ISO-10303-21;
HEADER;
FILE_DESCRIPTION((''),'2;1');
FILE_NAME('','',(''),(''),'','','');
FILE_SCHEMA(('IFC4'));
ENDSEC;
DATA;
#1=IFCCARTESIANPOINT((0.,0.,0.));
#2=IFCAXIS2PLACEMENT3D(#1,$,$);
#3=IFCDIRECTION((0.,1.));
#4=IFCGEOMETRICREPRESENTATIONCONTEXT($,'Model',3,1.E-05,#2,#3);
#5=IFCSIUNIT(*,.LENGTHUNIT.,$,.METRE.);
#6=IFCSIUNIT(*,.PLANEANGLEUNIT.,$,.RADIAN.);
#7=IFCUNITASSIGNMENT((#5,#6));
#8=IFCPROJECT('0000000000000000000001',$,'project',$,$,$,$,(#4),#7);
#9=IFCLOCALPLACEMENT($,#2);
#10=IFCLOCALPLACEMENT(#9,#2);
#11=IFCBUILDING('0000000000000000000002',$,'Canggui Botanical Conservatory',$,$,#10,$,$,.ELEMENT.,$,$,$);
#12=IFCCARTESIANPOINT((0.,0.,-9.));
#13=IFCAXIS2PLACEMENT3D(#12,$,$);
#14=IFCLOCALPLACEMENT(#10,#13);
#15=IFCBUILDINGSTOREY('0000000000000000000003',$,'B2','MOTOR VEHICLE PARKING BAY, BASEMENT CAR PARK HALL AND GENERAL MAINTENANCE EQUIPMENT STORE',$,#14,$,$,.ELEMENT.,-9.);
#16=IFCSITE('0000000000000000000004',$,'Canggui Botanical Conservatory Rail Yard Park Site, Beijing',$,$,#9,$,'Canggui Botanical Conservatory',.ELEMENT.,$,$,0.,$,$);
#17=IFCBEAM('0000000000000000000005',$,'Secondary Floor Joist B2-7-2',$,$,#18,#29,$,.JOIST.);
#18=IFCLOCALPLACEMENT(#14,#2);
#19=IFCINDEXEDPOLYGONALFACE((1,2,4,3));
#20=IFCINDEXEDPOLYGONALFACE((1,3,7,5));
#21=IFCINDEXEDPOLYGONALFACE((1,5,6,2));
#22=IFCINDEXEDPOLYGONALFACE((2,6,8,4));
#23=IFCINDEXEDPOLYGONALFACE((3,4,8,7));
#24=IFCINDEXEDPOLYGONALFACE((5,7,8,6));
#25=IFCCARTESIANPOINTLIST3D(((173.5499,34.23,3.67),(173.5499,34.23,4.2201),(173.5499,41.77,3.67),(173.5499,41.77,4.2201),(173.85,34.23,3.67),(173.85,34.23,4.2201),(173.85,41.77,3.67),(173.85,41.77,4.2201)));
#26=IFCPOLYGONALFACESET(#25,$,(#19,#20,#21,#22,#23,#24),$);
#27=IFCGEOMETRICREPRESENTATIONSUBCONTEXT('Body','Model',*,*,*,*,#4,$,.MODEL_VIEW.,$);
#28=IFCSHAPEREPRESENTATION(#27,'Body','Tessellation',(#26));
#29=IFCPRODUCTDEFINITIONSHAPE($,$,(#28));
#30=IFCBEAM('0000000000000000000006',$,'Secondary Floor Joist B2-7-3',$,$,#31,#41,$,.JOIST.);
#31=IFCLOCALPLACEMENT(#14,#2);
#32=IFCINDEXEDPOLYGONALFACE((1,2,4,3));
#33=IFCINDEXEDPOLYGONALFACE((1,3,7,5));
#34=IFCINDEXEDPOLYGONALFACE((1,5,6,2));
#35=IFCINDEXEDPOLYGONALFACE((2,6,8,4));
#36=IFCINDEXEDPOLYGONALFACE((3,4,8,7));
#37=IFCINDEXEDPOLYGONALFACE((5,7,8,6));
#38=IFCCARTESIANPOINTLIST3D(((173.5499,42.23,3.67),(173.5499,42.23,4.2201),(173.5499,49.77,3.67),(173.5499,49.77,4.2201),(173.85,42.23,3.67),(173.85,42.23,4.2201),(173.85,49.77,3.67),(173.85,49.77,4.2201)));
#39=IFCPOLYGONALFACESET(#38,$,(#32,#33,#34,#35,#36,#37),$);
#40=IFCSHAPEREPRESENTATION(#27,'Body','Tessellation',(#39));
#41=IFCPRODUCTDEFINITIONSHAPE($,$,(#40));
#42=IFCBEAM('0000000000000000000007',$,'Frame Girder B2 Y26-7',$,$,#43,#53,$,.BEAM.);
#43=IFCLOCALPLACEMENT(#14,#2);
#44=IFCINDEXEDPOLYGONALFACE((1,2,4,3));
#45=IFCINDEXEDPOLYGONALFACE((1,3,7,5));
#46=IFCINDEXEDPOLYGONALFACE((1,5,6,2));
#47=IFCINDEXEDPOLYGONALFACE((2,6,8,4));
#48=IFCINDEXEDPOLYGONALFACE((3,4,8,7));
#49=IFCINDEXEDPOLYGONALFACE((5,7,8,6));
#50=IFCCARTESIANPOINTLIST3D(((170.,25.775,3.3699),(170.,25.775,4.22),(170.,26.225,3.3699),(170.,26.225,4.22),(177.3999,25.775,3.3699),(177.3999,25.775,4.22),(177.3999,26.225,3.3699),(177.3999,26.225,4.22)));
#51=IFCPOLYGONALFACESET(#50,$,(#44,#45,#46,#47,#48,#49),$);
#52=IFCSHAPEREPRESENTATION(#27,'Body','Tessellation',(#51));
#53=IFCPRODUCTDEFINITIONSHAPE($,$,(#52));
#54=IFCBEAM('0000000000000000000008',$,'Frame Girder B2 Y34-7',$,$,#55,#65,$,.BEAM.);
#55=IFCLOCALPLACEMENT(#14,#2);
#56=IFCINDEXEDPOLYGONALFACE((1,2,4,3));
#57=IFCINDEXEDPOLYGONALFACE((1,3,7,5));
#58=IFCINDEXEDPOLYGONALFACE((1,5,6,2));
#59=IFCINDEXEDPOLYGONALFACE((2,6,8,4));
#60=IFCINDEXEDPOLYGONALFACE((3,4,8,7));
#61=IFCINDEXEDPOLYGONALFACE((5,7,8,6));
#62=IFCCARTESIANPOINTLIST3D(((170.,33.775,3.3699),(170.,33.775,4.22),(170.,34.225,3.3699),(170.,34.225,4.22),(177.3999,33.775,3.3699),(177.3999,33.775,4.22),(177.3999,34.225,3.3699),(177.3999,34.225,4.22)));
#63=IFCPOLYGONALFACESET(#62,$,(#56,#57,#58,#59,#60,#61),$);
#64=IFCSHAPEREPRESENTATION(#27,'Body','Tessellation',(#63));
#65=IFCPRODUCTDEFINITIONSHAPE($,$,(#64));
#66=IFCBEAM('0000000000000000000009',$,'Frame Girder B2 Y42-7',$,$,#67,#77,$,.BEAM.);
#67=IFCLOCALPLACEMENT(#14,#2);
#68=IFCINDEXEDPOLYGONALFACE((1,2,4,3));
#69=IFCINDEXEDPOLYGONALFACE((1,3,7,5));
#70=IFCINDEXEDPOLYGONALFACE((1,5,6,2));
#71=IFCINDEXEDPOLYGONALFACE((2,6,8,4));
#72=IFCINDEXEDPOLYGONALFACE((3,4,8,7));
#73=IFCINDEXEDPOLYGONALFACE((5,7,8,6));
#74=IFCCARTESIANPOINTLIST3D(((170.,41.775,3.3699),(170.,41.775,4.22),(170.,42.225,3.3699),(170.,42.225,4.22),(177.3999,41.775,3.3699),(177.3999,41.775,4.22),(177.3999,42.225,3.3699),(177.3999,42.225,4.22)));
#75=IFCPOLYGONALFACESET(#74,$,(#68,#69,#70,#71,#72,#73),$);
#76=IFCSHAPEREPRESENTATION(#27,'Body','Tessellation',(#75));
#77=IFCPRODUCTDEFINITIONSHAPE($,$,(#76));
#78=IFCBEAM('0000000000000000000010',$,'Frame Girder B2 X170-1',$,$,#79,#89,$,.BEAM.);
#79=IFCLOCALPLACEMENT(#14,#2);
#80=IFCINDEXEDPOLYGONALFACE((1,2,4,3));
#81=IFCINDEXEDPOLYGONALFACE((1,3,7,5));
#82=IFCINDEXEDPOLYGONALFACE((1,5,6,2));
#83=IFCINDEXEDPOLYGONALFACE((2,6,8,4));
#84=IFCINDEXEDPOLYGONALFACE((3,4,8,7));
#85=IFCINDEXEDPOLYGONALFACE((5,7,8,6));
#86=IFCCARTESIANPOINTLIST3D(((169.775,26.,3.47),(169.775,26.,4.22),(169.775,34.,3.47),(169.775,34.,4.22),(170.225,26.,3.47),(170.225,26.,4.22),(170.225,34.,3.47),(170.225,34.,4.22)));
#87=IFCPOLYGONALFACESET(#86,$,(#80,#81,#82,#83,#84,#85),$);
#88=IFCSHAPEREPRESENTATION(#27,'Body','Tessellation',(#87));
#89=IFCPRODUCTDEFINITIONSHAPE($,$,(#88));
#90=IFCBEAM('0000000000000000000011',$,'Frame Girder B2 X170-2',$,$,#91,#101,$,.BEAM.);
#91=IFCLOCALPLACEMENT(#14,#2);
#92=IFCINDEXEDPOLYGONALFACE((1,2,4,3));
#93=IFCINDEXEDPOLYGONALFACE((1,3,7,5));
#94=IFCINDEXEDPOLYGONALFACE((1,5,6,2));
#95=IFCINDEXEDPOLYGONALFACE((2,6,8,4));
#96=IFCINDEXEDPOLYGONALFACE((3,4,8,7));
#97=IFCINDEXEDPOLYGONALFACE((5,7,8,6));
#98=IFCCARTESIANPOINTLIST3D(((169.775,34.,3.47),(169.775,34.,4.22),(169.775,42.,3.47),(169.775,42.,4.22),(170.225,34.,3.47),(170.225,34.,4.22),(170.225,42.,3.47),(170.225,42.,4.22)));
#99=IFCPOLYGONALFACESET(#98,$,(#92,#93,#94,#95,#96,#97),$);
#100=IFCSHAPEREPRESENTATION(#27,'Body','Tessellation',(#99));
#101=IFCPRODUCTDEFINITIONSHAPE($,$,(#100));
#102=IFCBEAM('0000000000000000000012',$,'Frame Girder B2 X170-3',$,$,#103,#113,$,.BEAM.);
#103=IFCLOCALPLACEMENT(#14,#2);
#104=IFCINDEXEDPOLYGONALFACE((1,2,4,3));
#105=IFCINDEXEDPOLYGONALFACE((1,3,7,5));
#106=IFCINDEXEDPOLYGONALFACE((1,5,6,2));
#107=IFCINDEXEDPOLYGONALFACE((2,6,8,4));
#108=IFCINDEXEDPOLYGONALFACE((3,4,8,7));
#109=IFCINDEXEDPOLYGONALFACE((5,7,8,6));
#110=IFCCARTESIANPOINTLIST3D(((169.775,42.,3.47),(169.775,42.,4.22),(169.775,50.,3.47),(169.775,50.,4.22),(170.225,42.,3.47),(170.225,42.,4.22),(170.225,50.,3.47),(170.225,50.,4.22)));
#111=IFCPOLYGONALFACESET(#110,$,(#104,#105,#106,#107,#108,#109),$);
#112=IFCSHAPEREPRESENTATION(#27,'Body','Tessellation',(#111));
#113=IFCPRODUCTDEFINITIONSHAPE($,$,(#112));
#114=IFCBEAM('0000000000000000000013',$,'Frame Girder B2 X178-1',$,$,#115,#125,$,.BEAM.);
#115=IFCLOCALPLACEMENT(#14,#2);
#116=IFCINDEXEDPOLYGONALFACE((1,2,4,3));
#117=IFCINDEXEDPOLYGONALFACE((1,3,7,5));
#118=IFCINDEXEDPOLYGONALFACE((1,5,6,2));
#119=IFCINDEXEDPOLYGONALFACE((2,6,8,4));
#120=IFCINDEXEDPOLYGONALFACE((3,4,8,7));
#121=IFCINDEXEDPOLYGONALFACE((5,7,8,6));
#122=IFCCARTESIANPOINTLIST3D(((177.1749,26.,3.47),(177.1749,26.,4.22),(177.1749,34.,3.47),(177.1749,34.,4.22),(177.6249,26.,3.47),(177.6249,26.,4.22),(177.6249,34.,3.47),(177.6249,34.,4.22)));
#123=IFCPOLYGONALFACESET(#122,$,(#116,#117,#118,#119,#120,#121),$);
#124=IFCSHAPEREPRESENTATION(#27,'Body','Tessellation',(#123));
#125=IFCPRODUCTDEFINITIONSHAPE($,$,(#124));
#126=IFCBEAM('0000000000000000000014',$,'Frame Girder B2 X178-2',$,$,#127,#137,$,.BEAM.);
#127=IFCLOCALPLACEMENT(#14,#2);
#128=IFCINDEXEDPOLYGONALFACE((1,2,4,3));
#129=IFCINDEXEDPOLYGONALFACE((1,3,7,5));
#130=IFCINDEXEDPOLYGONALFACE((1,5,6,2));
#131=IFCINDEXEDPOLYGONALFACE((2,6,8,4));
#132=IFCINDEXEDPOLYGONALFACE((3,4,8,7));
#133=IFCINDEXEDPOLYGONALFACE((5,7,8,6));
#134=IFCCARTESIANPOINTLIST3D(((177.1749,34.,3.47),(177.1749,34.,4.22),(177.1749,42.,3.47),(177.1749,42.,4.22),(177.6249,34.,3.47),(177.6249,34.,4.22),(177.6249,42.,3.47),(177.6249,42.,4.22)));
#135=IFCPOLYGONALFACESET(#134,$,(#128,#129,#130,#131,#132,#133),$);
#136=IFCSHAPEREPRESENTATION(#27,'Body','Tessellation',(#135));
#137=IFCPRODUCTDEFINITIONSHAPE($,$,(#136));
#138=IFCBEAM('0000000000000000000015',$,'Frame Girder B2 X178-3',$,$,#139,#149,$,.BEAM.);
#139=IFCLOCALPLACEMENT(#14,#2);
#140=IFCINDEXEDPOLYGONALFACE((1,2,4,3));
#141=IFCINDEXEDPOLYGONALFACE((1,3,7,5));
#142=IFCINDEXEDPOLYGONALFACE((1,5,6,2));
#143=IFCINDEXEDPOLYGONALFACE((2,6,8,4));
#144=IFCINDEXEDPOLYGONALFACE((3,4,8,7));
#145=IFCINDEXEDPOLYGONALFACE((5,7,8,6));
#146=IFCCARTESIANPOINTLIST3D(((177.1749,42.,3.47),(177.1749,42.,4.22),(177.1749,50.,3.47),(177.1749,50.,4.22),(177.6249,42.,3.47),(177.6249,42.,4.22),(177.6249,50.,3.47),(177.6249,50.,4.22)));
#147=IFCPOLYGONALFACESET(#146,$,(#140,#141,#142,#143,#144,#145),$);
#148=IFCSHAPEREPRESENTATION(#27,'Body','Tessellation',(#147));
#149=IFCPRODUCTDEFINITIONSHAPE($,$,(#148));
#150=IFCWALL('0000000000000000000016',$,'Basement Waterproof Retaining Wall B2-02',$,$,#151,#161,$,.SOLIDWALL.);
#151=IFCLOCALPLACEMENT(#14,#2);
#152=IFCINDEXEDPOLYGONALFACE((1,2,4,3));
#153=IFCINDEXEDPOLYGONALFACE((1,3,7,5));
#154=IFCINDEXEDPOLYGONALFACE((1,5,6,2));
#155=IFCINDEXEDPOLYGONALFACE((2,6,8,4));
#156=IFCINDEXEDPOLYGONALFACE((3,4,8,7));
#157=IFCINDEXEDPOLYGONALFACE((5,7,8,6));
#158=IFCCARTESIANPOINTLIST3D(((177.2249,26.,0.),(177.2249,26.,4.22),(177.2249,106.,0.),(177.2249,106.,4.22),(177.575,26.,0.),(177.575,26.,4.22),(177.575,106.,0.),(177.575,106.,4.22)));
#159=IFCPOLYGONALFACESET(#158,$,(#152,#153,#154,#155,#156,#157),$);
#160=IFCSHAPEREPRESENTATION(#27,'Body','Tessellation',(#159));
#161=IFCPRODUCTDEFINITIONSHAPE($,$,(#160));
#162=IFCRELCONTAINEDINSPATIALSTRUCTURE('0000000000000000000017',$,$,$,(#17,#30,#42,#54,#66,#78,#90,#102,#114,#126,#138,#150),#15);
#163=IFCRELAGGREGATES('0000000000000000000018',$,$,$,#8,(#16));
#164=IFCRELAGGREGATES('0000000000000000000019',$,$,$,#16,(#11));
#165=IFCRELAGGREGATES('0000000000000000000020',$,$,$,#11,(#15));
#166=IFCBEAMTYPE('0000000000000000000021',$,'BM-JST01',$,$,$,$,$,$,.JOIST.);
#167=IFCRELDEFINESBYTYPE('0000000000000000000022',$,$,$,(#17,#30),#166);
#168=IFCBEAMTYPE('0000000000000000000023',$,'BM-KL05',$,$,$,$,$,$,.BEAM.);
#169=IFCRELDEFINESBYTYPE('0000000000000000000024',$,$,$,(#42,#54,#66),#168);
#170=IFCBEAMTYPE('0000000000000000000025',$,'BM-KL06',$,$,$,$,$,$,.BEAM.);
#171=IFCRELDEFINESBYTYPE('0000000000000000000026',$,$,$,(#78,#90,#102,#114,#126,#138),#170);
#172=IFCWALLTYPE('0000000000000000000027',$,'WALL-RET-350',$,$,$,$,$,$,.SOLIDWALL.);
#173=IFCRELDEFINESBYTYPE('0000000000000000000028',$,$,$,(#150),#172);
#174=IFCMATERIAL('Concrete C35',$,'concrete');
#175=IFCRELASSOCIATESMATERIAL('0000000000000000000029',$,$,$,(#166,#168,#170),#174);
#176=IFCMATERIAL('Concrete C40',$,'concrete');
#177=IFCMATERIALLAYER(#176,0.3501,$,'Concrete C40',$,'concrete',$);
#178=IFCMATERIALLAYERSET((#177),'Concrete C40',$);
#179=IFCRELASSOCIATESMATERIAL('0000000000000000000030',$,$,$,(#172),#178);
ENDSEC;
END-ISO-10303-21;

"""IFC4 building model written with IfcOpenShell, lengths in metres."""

from ifc_helpers import new_model, si_unit, direction, frame, frame_2d, origin, origin_2d, place, context, subcontext, project, spatial, rectangle, extrude, material, layer, layer_set, material_profile, profile_set, type_object, element, save


model = new_model("IFC4")

# Units and contexts
model_context = context("Model", 3, precision=1e-05, world=origin(), true_north=direction((0.0, 1.0)))
body_context = subcontext(model_context, "Body", "Model", "MODEL_VIEW")
ifc_project = project(units=[si_unit("LENGTHUNIT", "METRE"), si_unit("PLANEANGLEUNIT", "RADIAN")], contexts=[model_context])

# Site, building, storey
site_placement = place(None, origin())
site = spatial("IfcSite", under=ifc_project, at=site_placement, Name="Canggui Botanical Conservatory Rail Yard Park Site, Beijing", LongName="Canggui Botanical Conservatory", CompositionType="ELEMENT", RefElevation=0.0)
building_placement = place(site_placement, origin())
building = spatial("IfcBuilding", under=site, at=building_placement, Name="Canggui Botanical Conservatory", CompositionType="ELEMENT")
storey_placement = place(building_placement, frame((0.0, 0.0, -9.0)))
storey = spatial("IfcBuildingStorey", under=building, at=storey_placement, Name="B2", Description="MOTOR VEHICLE PARKING BAY, BASEMENT CAR PARK HALL AND GENERAL MAINTENANCE EQUIPMENT STORE", CompositionType="ELEMENT", Elevation=-9.0)

# Shared definitions
ifc_material_1 = material(Name="Concrete C35", Category="concrete")

# Beams
ifc_material_profile_1 = material_profile(ifc_material_1, rectangle(XDim=0.3, YDim=0.55, at=origin_2d()), Name="RB 300x550")
ifc_profile_set_1 = profile_set([ifc_material_profile_1], Name="Concrete C35")
beam_type_1 = type_object("IfcBeamType", Name="BM-JST01", PredefinedType="JOIST", material=ifc_profile_set_1)
for number, where, z_axis, x_axis, name in (
    (1, (173.7, 34.23, 3.9451), (0.0, 1.0, 0.0), (-1.0, 0.0, 0.0), "Secondary Floor Joist B2-7-2"),
    (2, (173.7, 42.23, 3.9451), (0.0, 1.0, 0.0), (-1.0, 0.0, 0.0), "Secondary Floor Joist B2-7-3"),
):
    element("IfcBeam", number, at=place(storey_placement, frame(where, z_axis=z_axis, x_axis=x_axis)), inside=storey, type_object=beam_type_1, Name=name, PredefinedType="JOIST", context=body_context, shape_type="SweptSolid", body=[
        extrude(rectangle(XDim=0.3, YDim=0.55, at=origin_2d()), origin(), (0.0, 0.0, 1.0), 7.54),
    ])
ifc_material_profile_2 = material_profile(ifc_material_1, rectangle(XDim=0.45, YDim=0.8501, at=origin_2d()), Name="RB 450x850")
ifc_profile_set_2 = profile_set([ifc_material_profile_2], Name="Concrete C35")
beam_type_2 = type_object("IfcBeamType", Name="BM-KL05", PredefinedType="BEAM", material=ifc_profile_set_2)
for number, where, z_axis, x_axis, name in (
    (3, (170.0, 26.0, 3.7949), (1.0, 0.0, 0.0), (0.0, 1.0, 0.0), "Frame Girder B2 Y26-7"),
    (4, (170.0, 34.0, 3.7949), (1.0, 0.0, 0.0), (0.0, 1.0, 0.0), "Frame Girder B2 Y34-7"),
    (5, (170.0, 42.0, 3.7949), (1.0, 0.0, 0.0), (0.0, 1.0, 0.0), "Frame Girder B2 Y42-7"),
):
    element("IfcBeam", number, at=place(storey_placement, frame(where, z_axis=z_axis, x_axis=x_axis)), inside=storey, type_object=beam_type_2, Name=name, PredefinedType="BEAM", context=body_context, shape_type="SweptSolid", body=[
        extrude(rectangle(XDim=0.45, YDim=0.8501, at=origin_2d()), origin(), (0.0, 0.0, 1.0), 7.3999),
    ])
ifc_material_profile_3 = material_profile(ifc_material_1, rectangle(XDim=0.45, YDim=0.75, at=origin_2d()), Name="RB 450x750")
ifc_profile_set_3 = profile_set([ifc_material_profile_3], Name="Concrete C35")
beam_type_3 = type_object("IfcBeamType", Name="BM-KL06", PredefinedType="BEAM", material=ifc_profile_set_3)
for number, where, z_axis, x_axis, name in (
    (6, (170.0, 26.0, 3.845), (0.0, 1.0, 0.0), (-1.0, 0.0, 0.0), "Frame Girder B2 X170-1"),
    (7, (170.0, 34.0, 3.845), (0.0, 1.0, 0.0), (-1.0, 0.0, 0.0), "Frame Girder B2 X170-2"),
    (8, (170.0, 42.0, 3.845), (0.0, 1.0, 0.0), (-1.0, 0.0, 0.0), "Frame Girder B2 X170-3"),
    (9, (177.3999, 26.0, 3.845), (0.0, 1.0, 0.0), (-1.0, 0.0, 0.0), "Frame Girder B2 X178-1"),
    (10, (177.3999, 34.0, 3.845), (0.0, 1.0, 0.0), (-1.0, 0.0, 0.0), "Frame Girder B2 X178-2"),
    (11, (177.3999, 42.0, 3.845), (0.0, 1.0, 0.0), (-1.0, 0.0, 0.0), "Frame Girder B2 X178-3"),
):
    element("IfcBeam", number, at=place(storey_placement, frame(where, z_axis=z_axis, x_axis=x_axis)), inside=storey, type_object=beam_type_3, Name=name, PredefinedType="BEAM", context=body_context, shape_type="SweptSolid", body=[
        extrude(rectangle(XDim=0.45, YDim=0.75, at=origin_2d()), origin(), (0.0, 0.0, 1.0), 8.0),
    ])

# Wall
ifc_material_2 = material(Name="Concrete C40", Category="concrete")
ifc_layer = layer(ifc_material_2, 0.3501, Name="Concrete C40", Category="concrete")
ifc_layer_set = layer_set([ifc_layer], Name="Concrete C40")
wall_type = type_object("IfcWallType", Name="WALL-RET-350", PredefinedType="SOLIDWALL", material=ifc_layer_set)
wall_placement = place(storey_placement, frame((177.3999, 26.0, 0.0), z_axis=(0.0, 0.0, 1.0), x_axis=(0.0, 1.0, 0.0)))
element("IfcWall", 12, at=wall_placement, inside=storey, type_object=wall_type, Name="Basement Waterproof Retaining Wall B2-02", PredefinedType="SOLIDWALL", context=body_context, shape_type="SweptSolid", body=[
    extrude(rectangle(XDim=80.0, YDim=0.3501, at=frame_2d((40.0, 0.0))), origin(), (0.0, 0.0, 1.0), 4.22),
])

save(model, "model.ifc")
